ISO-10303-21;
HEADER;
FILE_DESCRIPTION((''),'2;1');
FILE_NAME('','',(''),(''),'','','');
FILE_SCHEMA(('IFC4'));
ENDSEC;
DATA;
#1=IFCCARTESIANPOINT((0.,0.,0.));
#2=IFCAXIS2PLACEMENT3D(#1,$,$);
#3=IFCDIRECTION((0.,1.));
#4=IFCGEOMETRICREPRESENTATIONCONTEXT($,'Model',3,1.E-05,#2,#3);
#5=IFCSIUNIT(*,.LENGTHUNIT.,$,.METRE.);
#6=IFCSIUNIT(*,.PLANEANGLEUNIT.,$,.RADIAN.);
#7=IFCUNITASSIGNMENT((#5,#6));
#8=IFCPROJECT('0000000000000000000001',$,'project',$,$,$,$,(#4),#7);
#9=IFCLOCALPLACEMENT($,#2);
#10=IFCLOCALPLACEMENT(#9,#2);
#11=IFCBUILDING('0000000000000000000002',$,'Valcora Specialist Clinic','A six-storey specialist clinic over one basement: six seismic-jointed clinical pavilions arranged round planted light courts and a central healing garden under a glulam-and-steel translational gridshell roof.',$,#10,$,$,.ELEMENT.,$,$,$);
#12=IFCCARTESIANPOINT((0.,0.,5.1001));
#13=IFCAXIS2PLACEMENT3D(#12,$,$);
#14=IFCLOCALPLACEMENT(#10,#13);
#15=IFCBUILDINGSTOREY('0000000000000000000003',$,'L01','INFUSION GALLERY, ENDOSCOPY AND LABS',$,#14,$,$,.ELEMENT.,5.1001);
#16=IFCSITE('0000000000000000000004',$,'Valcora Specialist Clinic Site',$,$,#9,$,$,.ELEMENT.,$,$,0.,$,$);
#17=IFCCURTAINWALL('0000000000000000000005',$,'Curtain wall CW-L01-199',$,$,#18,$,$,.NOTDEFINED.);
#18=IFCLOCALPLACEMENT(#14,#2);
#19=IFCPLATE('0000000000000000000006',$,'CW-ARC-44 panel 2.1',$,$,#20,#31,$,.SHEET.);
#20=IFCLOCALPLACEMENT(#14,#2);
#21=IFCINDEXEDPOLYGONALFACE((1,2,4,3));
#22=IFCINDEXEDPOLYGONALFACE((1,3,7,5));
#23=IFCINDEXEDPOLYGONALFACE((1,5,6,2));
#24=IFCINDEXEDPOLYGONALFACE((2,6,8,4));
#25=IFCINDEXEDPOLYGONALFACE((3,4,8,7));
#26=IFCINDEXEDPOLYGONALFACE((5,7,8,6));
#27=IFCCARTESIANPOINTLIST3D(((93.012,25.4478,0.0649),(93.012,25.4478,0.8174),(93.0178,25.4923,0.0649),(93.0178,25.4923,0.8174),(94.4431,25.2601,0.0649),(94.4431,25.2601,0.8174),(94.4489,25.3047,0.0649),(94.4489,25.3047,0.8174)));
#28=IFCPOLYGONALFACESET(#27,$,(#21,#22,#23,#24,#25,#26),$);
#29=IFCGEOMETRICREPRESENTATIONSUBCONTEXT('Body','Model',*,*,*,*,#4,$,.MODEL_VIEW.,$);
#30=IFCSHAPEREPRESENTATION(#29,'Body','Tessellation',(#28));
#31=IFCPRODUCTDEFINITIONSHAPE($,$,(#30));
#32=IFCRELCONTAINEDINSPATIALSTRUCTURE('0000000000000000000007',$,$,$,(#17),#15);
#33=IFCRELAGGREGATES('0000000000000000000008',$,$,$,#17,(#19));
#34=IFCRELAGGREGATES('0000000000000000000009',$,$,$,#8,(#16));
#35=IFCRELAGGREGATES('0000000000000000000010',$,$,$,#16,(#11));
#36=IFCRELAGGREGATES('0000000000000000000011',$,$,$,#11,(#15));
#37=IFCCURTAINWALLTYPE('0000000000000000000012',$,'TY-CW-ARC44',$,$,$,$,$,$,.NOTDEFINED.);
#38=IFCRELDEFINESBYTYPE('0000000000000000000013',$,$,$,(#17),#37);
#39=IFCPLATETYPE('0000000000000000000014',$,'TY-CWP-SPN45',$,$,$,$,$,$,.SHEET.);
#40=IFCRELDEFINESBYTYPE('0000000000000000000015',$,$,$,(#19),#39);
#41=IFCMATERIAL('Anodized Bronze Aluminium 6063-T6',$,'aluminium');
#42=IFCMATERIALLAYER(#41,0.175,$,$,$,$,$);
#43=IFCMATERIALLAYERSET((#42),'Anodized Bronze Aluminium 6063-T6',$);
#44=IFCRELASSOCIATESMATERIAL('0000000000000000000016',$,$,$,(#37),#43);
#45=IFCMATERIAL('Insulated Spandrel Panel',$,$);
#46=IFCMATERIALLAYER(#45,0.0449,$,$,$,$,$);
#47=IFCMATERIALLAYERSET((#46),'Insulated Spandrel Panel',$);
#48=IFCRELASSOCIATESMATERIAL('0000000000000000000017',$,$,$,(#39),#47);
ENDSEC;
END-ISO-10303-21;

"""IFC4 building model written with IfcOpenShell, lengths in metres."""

from ifc_helpers import new_model, si_unit, direction, frame, origin, origin_2d, place, context, subcontext, project, spatial, rectangle, extrude, material, layer, layer_set, type_object, element, aggregate, save


model = new_model("IFC4")

# Units and contexts
model_context = context("Model", 3, precision=1e-05, world=origin(), true_north=direction((0.0, 1.0)))
body_context = subcontext(model_context, "Body", "Model", "MODEL_VIEW")
ifc_project = project(units=[si_unit("LENGTHUNIT", "METRE"), si_unit("PLANEANGLEUNIT", "RADIAN")], contexts=[model_context])

# Site, building, storey
site_placement = place(None, origin())
site = spatial("IfcSite", under=ifc_project, at=site_placement, Name="Valcora Specialist Clinic Site", CompositionType="ELEMENT", RefElevation=0.0)
building_placement = place(site_placement, origin())
building = spatial("IfcBuilding", under=site, at=building_placement, Name="Valcora Specialist Clinic", Description="A six-storey specialist clinic over one basement: six seismic-jointed clinical pavilions arranged round planted light courts and a central healing garden under a glulam-and-steel translational gridshell roof.", CompositionType="ELEMENT")
storey_placement = place(building_placement, frame((0.0, 0.0, 5.1001)))
storey = spatial("IfcBuildingStorey", under=building, at=storey_placement, Name="L01", Description="INFUSION GALLERY, ENDOSCOPY AND LABS", CompositionType="ELEMENT", Elevation=5.1001)

# Shared definitions
ifc_material_1 = material(Name="Anodized Bronze Aluminium 6063-T6", Category="aluminium")
ifc_layer_1 = layer(ifc_material_1, 0.175)
ifc_layer_set_1 = layer_set([ifc_layer_1], Name="Anodized Bronze Aluminium 6063-T6")
curtain_wall_type = type_object("IfcCurtainWallType", Name="TY-CW-ARC44", PredefinedType="NOTDEFINED", material=ifc_layer_set_1)

# Curtain wall
curtain_wall_1_placement = place(storey_placement, origin())
curtain_wall_1 = element("IfcCurtainWall", 1, at=curtain_wall_1_placement, inside=storey, type_object=curtain_wall_type, Name="Curtain wall CW-L01-199", PredefinedType="NOTDEFINED")

# Plate
ifc_material_2 = material(Name="Insulated Spandrel Panel")
ifc_layer_2 = layer(ifc_material_2, 0.0449)
ifc_layer_set_2 = layer_set([ifc_layer_2], Name="Insulated Spandrel Panel")
plate_type_1 = type_object("IfcPlateType", Name="TY-CWP-SPN45", PredefinedType="SHEET", material=ifc_layer_set_2)
plate_1_placement = place(storey_placement, frame((93.7305, 25.3762, 0.0649), z_axis=(0.0, 0.0, 1.0), x_axis=(0.991514, -0.129999, 0.0)))
plate_1 = element("IfcPlate", 2, at=plate_1_placement, type_object=plate_type_1, Name="CW-ARC-44 panel 2.1", PredefinedType="SHEET", context=body_context, shape_type="SweptSolid", body=[
    extrude(rectangle(XDim=1.4434, YDim=0.0449, at=origin_2d()), origin(), (0.0, 0.0, 1.0), 0.7524),
])
aggregate(curtain_wall_1, [plate_1])

save(model, "model.ifc")
